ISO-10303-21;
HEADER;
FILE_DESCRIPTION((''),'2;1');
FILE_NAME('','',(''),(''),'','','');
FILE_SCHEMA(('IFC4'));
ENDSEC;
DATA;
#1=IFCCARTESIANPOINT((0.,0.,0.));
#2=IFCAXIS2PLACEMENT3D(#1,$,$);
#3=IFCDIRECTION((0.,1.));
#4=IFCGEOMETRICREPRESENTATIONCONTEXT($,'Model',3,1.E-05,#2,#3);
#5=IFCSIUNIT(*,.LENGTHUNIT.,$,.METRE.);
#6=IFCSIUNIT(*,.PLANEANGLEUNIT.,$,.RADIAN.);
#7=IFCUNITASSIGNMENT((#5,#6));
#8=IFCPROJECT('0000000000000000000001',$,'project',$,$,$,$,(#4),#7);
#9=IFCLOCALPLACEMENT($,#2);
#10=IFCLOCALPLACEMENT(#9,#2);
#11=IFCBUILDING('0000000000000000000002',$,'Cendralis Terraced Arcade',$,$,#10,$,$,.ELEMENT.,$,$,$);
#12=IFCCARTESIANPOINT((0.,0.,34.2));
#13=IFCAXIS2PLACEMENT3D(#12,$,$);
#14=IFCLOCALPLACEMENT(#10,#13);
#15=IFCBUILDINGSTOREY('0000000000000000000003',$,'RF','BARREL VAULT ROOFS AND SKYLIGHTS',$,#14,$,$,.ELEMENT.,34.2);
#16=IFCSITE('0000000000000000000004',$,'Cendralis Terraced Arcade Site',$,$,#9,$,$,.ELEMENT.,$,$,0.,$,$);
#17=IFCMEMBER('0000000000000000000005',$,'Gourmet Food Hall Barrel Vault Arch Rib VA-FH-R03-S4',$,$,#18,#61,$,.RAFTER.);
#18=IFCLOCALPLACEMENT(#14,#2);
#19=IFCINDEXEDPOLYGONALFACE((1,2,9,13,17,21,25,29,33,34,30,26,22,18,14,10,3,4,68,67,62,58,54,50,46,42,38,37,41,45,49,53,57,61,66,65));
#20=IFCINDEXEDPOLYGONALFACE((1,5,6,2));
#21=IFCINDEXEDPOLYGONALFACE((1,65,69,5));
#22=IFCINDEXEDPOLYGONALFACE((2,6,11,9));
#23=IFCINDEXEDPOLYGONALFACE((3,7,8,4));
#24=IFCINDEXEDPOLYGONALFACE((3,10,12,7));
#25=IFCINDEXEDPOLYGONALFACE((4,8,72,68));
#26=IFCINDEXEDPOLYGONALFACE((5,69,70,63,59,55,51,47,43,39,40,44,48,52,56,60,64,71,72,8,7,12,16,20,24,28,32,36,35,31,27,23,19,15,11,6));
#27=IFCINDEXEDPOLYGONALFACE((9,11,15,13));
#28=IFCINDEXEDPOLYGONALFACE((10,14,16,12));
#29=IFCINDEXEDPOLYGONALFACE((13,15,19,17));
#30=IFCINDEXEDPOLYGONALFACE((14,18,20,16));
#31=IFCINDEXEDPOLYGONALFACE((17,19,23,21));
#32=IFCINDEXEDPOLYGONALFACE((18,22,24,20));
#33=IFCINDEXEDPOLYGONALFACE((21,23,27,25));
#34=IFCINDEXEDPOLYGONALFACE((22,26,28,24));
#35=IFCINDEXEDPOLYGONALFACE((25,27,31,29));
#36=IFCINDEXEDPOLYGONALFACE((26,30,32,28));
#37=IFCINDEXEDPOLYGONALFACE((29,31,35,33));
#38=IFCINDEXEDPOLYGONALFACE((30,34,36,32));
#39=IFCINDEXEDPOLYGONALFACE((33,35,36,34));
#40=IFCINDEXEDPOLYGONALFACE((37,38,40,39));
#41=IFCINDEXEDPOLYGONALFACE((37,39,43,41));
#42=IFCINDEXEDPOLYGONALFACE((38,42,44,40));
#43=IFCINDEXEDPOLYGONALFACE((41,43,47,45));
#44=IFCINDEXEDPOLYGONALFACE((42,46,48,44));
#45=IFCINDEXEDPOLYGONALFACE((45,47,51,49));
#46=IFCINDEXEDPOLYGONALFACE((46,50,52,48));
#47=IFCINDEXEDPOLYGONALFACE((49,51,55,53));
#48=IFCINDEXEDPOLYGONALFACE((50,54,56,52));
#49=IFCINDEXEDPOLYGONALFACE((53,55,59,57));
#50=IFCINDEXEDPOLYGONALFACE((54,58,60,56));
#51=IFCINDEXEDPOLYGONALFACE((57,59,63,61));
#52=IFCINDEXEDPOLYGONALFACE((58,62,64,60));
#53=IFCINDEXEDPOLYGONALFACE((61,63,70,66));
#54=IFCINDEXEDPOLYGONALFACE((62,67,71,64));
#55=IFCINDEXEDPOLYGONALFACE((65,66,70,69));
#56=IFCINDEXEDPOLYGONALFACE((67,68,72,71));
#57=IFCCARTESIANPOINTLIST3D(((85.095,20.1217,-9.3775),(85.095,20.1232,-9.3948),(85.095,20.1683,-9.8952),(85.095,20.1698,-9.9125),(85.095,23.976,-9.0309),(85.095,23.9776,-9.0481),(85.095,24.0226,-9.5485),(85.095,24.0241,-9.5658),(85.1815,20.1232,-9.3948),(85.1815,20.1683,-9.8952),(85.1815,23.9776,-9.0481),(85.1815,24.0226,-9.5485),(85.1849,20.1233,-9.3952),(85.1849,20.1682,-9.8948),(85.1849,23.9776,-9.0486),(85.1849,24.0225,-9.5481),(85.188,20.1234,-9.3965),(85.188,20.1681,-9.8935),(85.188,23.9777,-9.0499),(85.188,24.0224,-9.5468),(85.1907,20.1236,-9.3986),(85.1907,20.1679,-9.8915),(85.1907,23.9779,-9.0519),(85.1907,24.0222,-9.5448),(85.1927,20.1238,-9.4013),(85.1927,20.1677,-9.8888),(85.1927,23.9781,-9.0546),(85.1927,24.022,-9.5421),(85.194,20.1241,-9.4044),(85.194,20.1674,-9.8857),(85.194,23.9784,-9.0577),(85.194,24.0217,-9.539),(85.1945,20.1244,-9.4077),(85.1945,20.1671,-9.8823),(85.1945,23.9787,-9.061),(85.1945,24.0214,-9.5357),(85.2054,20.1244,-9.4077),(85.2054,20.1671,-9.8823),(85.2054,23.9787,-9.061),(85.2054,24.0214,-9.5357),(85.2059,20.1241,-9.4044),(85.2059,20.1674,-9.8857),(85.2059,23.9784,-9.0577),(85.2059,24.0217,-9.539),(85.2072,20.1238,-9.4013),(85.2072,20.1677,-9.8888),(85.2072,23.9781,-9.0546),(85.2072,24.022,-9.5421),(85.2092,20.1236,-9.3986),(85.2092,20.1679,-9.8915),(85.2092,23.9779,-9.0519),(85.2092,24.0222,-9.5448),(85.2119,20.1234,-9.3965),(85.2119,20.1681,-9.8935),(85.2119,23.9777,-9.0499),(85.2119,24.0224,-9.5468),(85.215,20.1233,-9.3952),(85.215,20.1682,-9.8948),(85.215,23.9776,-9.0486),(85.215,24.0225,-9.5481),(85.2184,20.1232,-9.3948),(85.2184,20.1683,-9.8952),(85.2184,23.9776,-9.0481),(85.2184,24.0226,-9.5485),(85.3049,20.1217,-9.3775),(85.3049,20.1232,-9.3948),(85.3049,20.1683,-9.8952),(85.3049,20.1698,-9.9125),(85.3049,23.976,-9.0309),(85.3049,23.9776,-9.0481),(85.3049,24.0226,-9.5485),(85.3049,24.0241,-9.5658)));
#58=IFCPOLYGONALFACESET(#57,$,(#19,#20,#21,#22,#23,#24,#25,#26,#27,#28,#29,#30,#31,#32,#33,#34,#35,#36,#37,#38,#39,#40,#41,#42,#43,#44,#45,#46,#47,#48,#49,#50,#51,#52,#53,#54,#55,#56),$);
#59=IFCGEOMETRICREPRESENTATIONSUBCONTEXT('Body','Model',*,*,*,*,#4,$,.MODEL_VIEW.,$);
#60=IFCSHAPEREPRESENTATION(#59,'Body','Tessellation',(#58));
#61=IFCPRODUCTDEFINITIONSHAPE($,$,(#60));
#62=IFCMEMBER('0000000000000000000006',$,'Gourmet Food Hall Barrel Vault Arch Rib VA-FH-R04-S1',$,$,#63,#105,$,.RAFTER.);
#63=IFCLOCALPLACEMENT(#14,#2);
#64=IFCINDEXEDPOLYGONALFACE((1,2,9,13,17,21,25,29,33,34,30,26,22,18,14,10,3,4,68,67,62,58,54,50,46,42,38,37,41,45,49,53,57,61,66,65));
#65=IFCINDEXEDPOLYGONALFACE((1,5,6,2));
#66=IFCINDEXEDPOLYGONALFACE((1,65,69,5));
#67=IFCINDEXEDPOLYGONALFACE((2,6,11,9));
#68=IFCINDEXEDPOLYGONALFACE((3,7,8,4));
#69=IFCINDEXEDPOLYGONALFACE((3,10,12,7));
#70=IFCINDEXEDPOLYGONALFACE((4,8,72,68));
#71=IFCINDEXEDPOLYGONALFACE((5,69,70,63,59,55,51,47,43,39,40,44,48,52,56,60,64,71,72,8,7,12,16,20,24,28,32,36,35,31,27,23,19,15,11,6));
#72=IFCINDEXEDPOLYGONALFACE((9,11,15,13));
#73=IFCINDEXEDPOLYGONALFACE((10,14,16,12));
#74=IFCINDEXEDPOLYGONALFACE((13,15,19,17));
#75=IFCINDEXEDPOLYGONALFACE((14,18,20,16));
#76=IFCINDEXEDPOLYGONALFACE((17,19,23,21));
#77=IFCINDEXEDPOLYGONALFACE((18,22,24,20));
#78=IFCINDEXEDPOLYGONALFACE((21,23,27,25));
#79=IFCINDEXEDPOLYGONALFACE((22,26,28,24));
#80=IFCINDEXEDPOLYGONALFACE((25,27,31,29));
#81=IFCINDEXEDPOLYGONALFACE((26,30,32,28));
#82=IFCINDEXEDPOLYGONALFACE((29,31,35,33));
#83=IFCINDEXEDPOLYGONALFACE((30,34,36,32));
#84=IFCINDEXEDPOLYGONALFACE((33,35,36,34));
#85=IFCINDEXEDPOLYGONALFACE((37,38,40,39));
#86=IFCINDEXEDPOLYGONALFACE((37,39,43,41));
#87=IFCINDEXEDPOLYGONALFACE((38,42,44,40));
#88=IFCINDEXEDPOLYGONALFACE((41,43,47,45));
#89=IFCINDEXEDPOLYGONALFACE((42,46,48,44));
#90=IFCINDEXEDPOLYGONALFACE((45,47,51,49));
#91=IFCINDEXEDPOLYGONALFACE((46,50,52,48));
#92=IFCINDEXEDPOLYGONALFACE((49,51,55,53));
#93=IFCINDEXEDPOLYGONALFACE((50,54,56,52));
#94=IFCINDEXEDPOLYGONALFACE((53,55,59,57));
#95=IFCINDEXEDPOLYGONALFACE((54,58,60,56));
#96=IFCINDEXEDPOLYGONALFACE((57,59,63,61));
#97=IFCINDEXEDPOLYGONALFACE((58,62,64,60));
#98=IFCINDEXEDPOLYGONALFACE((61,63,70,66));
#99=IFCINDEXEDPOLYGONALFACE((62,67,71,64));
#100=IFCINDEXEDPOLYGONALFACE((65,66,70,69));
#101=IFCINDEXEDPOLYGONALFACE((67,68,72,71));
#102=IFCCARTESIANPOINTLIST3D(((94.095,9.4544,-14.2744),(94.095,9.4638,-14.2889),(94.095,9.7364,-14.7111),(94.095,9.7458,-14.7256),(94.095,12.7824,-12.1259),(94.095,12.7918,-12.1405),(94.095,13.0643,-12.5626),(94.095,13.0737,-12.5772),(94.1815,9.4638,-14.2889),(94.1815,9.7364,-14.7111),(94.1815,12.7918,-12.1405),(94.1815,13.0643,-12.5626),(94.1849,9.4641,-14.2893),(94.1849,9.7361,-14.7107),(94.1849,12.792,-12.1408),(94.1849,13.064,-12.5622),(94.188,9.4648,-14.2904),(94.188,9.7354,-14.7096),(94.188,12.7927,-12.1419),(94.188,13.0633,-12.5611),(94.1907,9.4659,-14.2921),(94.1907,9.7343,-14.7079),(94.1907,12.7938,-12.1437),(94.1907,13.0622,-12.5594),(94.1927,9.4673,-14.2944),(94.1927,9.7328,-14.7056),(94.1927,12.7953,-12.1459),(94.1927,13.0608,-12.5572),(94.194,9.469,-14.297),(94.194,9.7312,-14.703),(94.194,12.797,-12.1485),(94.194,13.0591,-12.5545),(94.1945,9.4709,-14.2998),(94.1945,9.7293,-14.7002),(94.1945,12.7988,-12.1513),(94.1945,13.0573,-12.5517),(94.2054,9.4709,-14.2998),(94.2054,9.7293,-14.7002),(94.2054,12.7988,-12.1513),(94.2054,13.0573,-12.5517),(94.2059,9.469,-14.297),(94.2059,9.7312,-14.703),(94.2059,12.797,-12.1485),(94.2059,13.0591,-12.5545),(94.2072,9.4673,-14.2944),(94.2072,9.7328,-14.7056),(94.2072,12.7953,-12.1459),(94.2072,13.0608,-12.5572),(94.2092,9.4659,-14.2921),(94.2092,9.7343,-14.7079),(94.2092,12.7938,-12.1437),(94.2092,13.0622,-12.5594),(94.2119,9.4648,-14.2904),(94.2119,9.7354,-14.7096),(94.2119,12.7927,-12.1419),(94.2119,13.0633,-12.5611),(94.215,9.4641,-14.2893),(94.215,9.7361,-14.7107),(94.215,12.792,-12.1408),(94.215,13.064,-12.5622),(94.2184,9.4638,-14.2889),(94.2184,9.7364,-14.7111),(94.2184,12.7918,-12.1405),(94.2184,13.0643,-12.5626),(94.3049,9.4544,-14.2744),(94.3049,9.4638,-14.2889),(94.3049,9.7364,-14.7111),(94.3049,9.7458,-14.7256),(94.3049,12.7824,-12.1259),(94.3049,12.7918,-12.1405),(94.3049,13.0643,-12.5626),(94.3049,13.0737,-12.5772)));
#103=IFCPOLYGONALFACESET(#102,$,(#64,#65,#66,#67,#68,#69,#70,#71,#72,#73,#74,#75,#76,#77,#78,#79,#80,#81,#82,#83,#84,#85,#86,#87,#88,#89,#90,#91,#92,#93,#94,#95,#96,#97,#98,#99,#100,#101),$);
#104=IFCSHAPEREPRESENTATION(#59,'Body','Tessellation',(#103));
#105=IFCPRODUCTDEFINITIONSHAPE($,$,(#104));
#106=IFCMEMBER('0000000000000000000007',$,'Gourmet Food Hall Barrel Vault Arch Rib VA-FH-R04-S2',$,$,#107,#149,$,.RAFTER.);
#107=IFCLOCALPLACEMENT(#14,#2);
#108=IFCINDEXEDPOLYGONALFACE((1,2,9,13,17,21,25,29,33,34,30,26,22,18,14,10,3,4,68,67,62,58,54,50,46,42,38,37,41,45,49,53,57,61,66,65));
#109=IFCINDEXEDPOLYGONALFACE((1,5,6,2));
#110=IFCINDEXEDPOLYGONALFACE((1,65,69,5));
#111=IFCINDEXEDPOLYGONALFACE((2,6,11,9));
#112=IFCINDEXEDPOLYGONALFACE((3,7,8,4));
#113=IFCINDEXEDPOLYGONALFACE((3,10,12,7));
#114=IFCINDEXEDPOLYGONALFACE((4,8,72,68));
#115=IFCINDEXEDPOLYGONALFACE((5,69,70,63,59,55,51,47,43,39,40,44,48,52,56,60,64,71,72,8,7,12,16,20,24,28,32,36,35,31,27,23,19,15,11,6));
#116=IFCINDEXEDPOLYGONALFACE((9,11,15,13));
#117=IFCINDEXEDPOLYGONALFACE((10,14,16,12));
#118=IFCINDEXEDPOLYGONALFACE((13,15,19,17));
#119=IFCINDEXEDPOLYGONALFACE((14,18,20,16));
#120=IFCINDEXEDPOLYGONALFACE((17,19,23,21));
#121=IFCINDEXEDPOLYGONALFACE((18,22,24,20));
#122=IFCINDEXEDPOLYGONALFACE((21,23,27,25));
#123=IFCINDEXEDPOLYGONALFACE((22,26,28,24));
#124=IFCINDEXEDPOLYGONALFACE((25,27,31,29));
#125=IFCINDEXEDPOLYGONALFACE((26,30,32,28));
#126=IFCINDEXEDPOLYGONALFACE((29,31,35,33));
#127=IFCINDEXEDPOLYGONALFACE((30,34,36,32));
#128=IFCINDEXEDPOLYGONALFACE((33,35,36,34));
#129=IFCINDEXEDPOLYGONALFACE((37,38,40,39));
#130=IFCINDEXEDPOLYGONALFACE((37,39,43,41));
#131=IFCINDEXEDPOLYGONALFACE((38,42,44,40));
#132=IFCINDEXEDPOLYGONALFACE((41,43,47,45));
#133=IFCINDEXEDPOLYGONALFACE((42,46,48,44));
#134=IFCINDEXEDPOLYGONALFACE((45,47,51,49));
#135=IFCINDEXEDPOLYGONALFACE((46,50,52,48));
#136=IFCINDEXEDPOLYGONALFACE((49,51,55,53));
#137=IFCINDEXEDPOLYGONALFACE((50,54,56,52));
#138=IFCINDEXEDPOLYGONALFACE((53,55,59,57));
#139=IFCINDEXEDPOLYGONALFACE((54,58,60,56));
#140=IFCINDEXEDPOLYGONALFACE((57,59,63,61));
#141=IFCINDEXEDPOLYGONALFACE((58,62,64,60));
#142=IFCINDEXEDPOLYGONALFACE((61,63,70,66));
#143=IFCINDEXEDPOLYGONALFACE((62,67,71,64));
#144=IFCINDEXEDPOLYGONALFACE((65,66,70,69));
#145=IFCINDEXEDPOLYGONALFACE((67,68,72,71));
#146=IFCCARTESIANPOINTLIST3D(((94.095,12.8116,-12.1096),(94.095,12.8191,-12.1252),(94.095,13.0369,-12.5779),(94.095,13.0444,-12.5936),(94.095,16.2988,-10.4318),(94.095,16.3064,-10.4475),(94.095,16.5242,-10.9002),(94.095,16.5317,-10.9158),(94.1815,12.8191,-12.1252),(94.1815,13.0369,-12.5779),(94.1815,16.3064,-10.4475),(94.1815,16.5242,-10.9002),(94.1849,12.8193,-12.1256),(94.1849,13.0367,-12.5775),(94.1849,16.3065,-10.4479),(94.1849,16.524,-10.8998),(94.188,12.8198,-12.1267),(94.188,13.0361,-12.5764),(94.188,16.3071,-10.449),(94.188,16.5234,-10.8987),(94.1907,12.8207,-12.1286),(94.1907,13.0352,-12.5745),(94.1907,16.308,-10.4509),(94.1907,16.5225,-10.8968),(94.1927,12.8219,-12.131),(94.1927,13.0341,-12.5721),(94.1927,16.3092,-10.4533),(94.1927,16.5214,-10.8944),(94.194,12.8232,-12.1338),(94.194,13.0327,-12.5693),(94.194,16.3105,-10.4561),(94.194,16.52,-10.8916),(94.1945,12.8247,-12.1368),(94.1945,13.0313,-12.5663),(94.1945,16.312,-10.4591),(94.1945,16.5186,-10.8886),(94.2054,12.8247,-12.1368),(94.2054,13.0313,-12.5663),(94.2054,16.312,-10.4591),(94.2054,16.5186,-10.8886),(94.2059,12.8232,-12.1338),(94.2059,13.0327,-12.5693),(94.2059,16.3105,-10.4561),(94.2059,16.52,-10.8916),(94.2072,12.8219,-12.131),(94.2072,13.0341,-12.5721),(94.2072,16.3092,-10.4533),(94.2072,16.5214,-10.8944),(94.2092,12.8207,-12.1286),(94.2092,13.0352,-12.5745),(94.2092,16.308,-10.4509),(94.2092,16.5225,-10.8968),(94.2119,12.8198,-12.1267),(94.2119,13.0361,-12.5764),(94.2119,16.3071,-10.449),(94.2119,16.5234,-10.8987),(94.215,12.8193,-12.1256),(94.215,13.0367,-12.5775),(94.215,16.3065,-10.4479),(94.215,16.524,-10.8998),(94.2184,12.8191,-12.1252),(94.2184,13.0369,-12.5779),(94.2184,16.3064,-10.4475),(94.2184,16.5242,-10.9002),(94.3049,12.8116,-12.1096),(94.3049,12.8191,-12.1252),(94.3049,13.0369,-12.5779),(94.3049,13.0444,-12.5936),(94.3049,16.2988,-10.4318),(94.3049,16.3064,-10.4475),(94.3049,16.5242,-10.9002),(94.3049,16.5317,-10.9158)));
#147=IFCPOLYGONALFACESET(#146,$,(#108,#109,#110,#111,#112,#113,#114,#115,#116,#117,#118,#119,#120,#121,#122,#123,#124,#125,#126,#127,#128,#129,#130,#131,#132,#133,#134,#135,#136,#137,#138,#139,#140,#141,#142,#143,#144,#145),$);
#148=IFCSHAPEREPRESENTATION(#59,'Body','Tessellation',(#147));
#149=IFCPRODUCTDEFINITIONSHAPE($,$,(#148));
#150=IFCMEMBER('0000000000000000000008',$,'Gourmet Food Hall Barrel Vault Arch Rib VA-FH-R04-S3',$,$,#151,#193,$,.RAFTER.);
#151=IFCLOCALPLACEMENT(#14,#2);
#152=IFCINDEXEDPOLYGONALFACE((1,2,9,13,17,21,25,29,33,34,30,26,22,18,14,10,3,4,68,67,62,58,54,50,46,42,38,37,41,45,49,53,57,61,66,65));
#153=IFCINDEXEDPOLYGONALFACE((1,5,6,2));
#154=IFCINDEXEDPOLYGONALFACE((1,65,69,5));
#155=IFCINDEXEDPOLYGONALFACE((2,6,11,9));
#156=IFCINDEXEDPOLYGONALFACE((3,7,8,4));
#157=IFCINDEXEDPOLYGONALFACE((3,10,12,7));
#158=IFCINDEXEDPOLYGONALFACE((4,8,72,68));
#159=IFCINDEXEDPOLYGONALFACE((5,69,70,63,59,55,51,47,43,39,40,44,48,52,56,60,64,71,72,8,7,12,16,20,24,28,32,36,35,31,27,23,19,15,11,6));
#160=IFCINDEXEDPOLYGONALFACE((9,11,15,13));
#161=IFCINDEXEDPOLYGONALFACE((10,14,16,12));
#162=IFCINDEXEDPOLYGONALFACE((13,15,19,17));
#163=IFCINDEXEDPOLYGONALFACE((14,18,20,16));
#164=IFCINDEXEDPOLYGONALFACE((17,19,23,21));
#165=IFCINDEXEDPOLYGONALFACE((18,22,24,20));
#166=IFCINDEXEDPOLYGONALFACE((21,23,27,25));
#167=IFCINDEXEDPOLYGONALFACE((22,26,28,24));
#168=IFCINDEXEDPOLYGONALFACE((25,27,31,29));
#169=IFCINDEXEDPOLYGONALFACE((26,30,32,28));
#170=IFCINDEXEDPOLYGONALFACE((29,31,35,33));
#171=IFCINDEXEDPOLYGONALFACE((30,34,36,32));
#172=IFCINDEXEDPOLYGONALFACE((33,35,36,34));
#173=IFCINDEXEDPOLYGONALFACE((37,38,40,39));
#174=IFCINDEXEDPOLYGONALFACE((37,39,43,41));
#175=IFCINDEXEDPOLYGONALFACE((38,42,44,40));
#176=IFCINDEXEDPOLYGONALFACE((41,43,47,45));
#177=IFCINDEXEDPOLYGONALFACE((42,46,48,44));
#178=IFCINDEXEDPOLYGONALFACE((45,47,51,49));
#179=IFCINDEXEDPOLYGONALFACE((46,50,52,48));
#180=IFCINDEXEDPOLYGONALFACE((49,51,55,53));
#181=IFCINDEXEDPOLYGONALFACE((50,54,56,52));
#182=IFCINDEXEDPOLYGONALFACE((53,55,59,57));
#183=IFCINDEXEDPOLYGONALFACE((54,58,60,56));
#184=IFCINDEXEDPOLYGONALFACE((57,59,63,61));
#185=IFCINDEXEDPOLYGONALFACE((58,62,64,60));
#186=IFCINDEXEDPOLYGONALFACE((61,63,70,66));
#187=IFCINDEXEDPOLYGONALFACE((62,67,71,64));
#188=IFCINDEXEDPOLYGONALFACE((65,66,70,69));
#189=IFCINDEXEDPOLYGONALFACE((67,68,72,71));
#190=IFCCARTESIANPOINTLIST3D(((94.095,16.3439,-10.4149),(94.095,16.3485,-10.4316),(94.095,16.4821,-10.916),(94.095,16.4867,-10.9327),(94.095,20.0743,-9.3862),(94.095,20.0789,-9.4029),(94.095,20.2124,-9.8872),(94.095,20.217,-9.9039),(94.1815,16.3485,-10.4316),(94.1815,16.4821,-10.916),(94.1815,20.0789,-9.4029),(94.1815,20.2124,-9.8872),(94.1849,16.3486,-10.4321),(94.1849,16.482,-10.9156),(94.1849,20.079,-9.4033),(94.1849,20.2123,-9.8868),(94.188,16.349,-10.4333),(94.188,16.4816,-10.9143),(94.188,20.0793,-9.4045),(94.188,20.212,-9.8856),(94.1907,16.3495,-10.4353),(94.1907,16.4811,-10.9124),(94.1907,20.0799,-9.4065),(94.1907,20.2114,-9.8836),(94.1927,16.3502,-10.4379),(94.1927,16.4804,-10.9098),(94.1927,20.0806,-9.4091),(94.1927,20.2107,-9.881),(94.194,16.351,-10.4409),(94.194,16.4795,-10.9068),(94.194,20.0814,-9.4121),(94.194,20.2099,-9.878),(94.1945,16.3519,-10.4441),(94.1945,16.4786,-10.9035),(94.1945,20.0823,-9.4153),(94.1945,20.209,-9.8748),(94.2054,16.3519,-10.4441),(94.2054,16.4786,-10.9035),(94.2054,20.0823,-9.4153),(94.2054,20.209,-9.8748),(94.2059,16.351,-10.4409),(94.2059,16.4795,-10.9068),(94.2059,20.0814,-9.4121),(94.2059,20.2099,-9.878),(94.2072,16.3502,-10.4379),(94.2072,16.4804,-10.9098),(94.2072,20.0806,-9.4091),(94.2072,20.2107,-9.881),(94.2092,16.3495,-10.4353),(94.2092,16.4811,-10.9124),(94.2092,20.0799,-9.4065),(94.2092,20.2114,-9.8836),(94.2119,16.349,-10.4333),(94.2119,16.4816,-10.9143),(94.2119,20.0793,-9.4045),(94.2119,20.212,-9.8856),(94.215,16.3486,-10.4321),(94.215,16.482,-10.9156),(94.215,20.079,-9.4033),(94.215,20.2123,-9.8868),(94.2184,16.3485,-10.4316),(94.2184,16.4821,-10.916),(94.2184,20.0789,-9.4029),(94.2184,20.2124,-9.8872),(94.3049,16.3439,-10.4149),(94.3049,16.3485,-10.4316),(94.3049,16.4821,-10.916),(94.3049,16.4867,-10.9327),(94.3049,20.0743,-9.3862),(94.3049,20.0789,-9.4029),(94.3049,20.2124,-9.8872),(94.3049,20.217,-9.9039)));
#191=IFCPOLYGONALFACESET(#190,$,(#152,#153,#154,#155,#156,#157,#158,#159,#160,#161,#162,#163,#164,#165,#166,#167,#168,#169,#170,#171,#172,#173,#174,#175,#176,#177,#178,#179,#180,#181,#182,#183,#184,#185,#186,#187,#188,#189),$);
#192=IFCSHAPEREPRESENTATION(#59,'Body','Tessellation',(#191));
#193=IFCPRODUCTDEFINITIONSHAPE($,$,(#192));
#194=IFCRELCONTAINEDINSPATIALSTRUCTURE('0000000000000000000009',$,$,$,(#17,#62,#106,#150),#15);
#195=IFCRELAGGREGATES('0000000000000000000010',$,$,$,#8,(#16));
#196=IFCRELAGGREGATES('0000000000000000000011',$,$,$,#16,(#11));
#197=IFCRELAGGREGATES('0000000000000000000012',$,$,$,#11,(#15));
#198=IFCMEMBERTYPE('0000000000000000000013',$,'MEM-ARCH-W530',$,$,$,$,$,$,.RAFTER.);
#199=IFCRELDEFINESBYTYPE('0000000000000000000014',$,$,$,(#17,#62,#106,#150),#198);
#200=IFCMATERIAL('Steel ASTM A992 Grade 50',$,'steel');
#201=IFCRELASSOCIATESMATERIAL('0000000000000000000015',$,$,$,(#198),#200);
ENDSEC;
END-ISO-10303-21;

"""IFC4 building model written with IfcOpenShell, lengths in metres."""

from ifc_helpers import new_model, si_unit, direction, frame, origin, origin_2d, place, context, subcontext, project, spatial, i_section, extrude, material, material_profile, profile_set, type_object, element, save


model = new_model("IFC4")

# Units and contexts
model_context = context("Model", 3, precision=1e-05, world=origin(), true_north=direction((0.0, 1.0)))
body_context = subcontext(model_context, "Body", "Model", "MODEL_VIEW")
ifc_project = project(units=[si_unit("LENGTHUNIT", "METRE"), si_unit("PLANEANGLEUNIT", "RADIAN")], contexts=[model_context])

# Site, building, storey
site_placement = place(None, origin())
site = spatial("IfcSite", under=ifc_project, at=site_placement, Name="Cendralis Terraced Arcade Site", CompositionType="ELEMENT", RefElevation=0.0)
building_placement = place(site_placement, origin())
building = spatial("IfcBuilding", under=site, at=building_placement, Name="Cendralis Terraced Arcade", CompositionType="ELEMENT")
storey_placement = place(building_placement, frame((0.0, 0.0, 34.2)))
storey = spatial("IfcBuildingStorey", under=building, at=storey_placement, Name="RF", Description="BARREL VAULT ROOFS AND SKYLIGHTS", CompositionType="ELEMENT", Elevation=34.2)

# Members
ifc_material_1 = material(Name="Steel ASTM A992 Grade 50", Category="steel")
ifc_material_profile_1 = material_profile(ifc_material_1, i_section(OverallWidth=0.21, OverallDepth=0.5371, WebThickness=0.011, FlangeThickness=0.0173, FilletRadius=0.0129, at=origin_2d()), Name="W530X101", Category="LoadBearing")
ifc_profile_set_1 = profile_set([ifc_material_profile_1], Name="Steel ASTM A992 Grade 50")
member_type_1 = type_object("IfcMemberType", Name="MEM-ARCH-W530", PredefinedType="RAFTER", material=ifc_profile_set_1)
member_1_placement = place(storey_placement, frame((85.2, 20.1458, -9.645), z_axis=(0.0, 0.995979, 0.089586), x_axis=(-1.0, 0.0, 0.0)))
element("IfcMember", 1, at=member_1_placement, inside=storey, type_object=member_type_1, Name="Gourmet Food Hall Barrel Vault Arch Rib VA-FH-R03-S4", PredefinedType="RAFTER", context=body_context, shape_type="SweptSolid", body=[
    extrude(i_section(OverallWidth=0.21, OverallDepth=0.5371, WebThickness=0.011, FlangeThickness=0.0173, FilletRadius=0.0129, at=origin_2d()), origin(), (0.0, 0.0, 1.0), 3.8699),
])
member_2_placement = place(storey_placement, frame((94.2, 9.6001, -14.5), z_axis=(0.0, 0.840134, 0.54238), x_axis=(-1.0, 0.0, 0.0)))
element("IfcMember", 2, at=member_2_placement, inside=storey, type_object=member_type_1, Name="Gourmet Food Hall Barrel Vault Arch Rib VA-FH-R04-S1", PredefinedType="RAFTER", context=body_context, shape_type="SweptSolid", body=[
    extrude(i_section(OverallWidth=0.21, OverallDepth=0.5371, WebThickness=0.011, FlangeThickness=0.0173, FilletRadius=0.0129, at=origin_2d()), origin(), (0.0, 0.0, 1.0), 3.9612),
])
member_3_placement = place(storey_placement, frame((94.2, 12.928, -12.3516), z_axis=(0.0, 0.901137, 0.433535), x_axis=(-1.0, 0.0, 0.0)))
element("IfcMember", 3, at=member_3_placement, inside=storey, type_object=member_type_1, Name="Gourmet Food Hall Barrel Vault Arch Rib VA-FH-R04-S2", PredefinedType="RAFTER", context=body_context, shape_type="SweptSolid", body=[
    extrude(i_section(OverallWidth=0.21, OverallDepth=0.5371, WebThickness=0.011, FlangeThickness=0.0173, FilletRadius=0.0129, at=origin_2d()), origin(), (0.0, 0.0, 1.0), 3.8699),
])
member_4_placement = place(storey_placement, frame((94.2, 16.4153, -10.6738), z_axis=(0.0, 0.964012, 0.26586), x_axis=(-1.0, 0.0, 0.0)))
element("IfcMember", 4, at=member_4_placement, inside=storey, type_object=member_type_1, Name="Gourmet Food Hall Barrel Vault Arch Rib VA-FH-R04-S3", PredefinedType="RAFTER", context=body_context, shape_type="SweptSolid", body=[
    extrude(i_section(OverallWidth=0.21, OverallDepth=0.5371, WebThickness=0.011, FlangeThickness=0.0173, FilletRadius=0.0129, at=origin_2d()), origin(), (0.0, 0.0, 1.0), 3.8696),
])

save(model, "model.ifc")
